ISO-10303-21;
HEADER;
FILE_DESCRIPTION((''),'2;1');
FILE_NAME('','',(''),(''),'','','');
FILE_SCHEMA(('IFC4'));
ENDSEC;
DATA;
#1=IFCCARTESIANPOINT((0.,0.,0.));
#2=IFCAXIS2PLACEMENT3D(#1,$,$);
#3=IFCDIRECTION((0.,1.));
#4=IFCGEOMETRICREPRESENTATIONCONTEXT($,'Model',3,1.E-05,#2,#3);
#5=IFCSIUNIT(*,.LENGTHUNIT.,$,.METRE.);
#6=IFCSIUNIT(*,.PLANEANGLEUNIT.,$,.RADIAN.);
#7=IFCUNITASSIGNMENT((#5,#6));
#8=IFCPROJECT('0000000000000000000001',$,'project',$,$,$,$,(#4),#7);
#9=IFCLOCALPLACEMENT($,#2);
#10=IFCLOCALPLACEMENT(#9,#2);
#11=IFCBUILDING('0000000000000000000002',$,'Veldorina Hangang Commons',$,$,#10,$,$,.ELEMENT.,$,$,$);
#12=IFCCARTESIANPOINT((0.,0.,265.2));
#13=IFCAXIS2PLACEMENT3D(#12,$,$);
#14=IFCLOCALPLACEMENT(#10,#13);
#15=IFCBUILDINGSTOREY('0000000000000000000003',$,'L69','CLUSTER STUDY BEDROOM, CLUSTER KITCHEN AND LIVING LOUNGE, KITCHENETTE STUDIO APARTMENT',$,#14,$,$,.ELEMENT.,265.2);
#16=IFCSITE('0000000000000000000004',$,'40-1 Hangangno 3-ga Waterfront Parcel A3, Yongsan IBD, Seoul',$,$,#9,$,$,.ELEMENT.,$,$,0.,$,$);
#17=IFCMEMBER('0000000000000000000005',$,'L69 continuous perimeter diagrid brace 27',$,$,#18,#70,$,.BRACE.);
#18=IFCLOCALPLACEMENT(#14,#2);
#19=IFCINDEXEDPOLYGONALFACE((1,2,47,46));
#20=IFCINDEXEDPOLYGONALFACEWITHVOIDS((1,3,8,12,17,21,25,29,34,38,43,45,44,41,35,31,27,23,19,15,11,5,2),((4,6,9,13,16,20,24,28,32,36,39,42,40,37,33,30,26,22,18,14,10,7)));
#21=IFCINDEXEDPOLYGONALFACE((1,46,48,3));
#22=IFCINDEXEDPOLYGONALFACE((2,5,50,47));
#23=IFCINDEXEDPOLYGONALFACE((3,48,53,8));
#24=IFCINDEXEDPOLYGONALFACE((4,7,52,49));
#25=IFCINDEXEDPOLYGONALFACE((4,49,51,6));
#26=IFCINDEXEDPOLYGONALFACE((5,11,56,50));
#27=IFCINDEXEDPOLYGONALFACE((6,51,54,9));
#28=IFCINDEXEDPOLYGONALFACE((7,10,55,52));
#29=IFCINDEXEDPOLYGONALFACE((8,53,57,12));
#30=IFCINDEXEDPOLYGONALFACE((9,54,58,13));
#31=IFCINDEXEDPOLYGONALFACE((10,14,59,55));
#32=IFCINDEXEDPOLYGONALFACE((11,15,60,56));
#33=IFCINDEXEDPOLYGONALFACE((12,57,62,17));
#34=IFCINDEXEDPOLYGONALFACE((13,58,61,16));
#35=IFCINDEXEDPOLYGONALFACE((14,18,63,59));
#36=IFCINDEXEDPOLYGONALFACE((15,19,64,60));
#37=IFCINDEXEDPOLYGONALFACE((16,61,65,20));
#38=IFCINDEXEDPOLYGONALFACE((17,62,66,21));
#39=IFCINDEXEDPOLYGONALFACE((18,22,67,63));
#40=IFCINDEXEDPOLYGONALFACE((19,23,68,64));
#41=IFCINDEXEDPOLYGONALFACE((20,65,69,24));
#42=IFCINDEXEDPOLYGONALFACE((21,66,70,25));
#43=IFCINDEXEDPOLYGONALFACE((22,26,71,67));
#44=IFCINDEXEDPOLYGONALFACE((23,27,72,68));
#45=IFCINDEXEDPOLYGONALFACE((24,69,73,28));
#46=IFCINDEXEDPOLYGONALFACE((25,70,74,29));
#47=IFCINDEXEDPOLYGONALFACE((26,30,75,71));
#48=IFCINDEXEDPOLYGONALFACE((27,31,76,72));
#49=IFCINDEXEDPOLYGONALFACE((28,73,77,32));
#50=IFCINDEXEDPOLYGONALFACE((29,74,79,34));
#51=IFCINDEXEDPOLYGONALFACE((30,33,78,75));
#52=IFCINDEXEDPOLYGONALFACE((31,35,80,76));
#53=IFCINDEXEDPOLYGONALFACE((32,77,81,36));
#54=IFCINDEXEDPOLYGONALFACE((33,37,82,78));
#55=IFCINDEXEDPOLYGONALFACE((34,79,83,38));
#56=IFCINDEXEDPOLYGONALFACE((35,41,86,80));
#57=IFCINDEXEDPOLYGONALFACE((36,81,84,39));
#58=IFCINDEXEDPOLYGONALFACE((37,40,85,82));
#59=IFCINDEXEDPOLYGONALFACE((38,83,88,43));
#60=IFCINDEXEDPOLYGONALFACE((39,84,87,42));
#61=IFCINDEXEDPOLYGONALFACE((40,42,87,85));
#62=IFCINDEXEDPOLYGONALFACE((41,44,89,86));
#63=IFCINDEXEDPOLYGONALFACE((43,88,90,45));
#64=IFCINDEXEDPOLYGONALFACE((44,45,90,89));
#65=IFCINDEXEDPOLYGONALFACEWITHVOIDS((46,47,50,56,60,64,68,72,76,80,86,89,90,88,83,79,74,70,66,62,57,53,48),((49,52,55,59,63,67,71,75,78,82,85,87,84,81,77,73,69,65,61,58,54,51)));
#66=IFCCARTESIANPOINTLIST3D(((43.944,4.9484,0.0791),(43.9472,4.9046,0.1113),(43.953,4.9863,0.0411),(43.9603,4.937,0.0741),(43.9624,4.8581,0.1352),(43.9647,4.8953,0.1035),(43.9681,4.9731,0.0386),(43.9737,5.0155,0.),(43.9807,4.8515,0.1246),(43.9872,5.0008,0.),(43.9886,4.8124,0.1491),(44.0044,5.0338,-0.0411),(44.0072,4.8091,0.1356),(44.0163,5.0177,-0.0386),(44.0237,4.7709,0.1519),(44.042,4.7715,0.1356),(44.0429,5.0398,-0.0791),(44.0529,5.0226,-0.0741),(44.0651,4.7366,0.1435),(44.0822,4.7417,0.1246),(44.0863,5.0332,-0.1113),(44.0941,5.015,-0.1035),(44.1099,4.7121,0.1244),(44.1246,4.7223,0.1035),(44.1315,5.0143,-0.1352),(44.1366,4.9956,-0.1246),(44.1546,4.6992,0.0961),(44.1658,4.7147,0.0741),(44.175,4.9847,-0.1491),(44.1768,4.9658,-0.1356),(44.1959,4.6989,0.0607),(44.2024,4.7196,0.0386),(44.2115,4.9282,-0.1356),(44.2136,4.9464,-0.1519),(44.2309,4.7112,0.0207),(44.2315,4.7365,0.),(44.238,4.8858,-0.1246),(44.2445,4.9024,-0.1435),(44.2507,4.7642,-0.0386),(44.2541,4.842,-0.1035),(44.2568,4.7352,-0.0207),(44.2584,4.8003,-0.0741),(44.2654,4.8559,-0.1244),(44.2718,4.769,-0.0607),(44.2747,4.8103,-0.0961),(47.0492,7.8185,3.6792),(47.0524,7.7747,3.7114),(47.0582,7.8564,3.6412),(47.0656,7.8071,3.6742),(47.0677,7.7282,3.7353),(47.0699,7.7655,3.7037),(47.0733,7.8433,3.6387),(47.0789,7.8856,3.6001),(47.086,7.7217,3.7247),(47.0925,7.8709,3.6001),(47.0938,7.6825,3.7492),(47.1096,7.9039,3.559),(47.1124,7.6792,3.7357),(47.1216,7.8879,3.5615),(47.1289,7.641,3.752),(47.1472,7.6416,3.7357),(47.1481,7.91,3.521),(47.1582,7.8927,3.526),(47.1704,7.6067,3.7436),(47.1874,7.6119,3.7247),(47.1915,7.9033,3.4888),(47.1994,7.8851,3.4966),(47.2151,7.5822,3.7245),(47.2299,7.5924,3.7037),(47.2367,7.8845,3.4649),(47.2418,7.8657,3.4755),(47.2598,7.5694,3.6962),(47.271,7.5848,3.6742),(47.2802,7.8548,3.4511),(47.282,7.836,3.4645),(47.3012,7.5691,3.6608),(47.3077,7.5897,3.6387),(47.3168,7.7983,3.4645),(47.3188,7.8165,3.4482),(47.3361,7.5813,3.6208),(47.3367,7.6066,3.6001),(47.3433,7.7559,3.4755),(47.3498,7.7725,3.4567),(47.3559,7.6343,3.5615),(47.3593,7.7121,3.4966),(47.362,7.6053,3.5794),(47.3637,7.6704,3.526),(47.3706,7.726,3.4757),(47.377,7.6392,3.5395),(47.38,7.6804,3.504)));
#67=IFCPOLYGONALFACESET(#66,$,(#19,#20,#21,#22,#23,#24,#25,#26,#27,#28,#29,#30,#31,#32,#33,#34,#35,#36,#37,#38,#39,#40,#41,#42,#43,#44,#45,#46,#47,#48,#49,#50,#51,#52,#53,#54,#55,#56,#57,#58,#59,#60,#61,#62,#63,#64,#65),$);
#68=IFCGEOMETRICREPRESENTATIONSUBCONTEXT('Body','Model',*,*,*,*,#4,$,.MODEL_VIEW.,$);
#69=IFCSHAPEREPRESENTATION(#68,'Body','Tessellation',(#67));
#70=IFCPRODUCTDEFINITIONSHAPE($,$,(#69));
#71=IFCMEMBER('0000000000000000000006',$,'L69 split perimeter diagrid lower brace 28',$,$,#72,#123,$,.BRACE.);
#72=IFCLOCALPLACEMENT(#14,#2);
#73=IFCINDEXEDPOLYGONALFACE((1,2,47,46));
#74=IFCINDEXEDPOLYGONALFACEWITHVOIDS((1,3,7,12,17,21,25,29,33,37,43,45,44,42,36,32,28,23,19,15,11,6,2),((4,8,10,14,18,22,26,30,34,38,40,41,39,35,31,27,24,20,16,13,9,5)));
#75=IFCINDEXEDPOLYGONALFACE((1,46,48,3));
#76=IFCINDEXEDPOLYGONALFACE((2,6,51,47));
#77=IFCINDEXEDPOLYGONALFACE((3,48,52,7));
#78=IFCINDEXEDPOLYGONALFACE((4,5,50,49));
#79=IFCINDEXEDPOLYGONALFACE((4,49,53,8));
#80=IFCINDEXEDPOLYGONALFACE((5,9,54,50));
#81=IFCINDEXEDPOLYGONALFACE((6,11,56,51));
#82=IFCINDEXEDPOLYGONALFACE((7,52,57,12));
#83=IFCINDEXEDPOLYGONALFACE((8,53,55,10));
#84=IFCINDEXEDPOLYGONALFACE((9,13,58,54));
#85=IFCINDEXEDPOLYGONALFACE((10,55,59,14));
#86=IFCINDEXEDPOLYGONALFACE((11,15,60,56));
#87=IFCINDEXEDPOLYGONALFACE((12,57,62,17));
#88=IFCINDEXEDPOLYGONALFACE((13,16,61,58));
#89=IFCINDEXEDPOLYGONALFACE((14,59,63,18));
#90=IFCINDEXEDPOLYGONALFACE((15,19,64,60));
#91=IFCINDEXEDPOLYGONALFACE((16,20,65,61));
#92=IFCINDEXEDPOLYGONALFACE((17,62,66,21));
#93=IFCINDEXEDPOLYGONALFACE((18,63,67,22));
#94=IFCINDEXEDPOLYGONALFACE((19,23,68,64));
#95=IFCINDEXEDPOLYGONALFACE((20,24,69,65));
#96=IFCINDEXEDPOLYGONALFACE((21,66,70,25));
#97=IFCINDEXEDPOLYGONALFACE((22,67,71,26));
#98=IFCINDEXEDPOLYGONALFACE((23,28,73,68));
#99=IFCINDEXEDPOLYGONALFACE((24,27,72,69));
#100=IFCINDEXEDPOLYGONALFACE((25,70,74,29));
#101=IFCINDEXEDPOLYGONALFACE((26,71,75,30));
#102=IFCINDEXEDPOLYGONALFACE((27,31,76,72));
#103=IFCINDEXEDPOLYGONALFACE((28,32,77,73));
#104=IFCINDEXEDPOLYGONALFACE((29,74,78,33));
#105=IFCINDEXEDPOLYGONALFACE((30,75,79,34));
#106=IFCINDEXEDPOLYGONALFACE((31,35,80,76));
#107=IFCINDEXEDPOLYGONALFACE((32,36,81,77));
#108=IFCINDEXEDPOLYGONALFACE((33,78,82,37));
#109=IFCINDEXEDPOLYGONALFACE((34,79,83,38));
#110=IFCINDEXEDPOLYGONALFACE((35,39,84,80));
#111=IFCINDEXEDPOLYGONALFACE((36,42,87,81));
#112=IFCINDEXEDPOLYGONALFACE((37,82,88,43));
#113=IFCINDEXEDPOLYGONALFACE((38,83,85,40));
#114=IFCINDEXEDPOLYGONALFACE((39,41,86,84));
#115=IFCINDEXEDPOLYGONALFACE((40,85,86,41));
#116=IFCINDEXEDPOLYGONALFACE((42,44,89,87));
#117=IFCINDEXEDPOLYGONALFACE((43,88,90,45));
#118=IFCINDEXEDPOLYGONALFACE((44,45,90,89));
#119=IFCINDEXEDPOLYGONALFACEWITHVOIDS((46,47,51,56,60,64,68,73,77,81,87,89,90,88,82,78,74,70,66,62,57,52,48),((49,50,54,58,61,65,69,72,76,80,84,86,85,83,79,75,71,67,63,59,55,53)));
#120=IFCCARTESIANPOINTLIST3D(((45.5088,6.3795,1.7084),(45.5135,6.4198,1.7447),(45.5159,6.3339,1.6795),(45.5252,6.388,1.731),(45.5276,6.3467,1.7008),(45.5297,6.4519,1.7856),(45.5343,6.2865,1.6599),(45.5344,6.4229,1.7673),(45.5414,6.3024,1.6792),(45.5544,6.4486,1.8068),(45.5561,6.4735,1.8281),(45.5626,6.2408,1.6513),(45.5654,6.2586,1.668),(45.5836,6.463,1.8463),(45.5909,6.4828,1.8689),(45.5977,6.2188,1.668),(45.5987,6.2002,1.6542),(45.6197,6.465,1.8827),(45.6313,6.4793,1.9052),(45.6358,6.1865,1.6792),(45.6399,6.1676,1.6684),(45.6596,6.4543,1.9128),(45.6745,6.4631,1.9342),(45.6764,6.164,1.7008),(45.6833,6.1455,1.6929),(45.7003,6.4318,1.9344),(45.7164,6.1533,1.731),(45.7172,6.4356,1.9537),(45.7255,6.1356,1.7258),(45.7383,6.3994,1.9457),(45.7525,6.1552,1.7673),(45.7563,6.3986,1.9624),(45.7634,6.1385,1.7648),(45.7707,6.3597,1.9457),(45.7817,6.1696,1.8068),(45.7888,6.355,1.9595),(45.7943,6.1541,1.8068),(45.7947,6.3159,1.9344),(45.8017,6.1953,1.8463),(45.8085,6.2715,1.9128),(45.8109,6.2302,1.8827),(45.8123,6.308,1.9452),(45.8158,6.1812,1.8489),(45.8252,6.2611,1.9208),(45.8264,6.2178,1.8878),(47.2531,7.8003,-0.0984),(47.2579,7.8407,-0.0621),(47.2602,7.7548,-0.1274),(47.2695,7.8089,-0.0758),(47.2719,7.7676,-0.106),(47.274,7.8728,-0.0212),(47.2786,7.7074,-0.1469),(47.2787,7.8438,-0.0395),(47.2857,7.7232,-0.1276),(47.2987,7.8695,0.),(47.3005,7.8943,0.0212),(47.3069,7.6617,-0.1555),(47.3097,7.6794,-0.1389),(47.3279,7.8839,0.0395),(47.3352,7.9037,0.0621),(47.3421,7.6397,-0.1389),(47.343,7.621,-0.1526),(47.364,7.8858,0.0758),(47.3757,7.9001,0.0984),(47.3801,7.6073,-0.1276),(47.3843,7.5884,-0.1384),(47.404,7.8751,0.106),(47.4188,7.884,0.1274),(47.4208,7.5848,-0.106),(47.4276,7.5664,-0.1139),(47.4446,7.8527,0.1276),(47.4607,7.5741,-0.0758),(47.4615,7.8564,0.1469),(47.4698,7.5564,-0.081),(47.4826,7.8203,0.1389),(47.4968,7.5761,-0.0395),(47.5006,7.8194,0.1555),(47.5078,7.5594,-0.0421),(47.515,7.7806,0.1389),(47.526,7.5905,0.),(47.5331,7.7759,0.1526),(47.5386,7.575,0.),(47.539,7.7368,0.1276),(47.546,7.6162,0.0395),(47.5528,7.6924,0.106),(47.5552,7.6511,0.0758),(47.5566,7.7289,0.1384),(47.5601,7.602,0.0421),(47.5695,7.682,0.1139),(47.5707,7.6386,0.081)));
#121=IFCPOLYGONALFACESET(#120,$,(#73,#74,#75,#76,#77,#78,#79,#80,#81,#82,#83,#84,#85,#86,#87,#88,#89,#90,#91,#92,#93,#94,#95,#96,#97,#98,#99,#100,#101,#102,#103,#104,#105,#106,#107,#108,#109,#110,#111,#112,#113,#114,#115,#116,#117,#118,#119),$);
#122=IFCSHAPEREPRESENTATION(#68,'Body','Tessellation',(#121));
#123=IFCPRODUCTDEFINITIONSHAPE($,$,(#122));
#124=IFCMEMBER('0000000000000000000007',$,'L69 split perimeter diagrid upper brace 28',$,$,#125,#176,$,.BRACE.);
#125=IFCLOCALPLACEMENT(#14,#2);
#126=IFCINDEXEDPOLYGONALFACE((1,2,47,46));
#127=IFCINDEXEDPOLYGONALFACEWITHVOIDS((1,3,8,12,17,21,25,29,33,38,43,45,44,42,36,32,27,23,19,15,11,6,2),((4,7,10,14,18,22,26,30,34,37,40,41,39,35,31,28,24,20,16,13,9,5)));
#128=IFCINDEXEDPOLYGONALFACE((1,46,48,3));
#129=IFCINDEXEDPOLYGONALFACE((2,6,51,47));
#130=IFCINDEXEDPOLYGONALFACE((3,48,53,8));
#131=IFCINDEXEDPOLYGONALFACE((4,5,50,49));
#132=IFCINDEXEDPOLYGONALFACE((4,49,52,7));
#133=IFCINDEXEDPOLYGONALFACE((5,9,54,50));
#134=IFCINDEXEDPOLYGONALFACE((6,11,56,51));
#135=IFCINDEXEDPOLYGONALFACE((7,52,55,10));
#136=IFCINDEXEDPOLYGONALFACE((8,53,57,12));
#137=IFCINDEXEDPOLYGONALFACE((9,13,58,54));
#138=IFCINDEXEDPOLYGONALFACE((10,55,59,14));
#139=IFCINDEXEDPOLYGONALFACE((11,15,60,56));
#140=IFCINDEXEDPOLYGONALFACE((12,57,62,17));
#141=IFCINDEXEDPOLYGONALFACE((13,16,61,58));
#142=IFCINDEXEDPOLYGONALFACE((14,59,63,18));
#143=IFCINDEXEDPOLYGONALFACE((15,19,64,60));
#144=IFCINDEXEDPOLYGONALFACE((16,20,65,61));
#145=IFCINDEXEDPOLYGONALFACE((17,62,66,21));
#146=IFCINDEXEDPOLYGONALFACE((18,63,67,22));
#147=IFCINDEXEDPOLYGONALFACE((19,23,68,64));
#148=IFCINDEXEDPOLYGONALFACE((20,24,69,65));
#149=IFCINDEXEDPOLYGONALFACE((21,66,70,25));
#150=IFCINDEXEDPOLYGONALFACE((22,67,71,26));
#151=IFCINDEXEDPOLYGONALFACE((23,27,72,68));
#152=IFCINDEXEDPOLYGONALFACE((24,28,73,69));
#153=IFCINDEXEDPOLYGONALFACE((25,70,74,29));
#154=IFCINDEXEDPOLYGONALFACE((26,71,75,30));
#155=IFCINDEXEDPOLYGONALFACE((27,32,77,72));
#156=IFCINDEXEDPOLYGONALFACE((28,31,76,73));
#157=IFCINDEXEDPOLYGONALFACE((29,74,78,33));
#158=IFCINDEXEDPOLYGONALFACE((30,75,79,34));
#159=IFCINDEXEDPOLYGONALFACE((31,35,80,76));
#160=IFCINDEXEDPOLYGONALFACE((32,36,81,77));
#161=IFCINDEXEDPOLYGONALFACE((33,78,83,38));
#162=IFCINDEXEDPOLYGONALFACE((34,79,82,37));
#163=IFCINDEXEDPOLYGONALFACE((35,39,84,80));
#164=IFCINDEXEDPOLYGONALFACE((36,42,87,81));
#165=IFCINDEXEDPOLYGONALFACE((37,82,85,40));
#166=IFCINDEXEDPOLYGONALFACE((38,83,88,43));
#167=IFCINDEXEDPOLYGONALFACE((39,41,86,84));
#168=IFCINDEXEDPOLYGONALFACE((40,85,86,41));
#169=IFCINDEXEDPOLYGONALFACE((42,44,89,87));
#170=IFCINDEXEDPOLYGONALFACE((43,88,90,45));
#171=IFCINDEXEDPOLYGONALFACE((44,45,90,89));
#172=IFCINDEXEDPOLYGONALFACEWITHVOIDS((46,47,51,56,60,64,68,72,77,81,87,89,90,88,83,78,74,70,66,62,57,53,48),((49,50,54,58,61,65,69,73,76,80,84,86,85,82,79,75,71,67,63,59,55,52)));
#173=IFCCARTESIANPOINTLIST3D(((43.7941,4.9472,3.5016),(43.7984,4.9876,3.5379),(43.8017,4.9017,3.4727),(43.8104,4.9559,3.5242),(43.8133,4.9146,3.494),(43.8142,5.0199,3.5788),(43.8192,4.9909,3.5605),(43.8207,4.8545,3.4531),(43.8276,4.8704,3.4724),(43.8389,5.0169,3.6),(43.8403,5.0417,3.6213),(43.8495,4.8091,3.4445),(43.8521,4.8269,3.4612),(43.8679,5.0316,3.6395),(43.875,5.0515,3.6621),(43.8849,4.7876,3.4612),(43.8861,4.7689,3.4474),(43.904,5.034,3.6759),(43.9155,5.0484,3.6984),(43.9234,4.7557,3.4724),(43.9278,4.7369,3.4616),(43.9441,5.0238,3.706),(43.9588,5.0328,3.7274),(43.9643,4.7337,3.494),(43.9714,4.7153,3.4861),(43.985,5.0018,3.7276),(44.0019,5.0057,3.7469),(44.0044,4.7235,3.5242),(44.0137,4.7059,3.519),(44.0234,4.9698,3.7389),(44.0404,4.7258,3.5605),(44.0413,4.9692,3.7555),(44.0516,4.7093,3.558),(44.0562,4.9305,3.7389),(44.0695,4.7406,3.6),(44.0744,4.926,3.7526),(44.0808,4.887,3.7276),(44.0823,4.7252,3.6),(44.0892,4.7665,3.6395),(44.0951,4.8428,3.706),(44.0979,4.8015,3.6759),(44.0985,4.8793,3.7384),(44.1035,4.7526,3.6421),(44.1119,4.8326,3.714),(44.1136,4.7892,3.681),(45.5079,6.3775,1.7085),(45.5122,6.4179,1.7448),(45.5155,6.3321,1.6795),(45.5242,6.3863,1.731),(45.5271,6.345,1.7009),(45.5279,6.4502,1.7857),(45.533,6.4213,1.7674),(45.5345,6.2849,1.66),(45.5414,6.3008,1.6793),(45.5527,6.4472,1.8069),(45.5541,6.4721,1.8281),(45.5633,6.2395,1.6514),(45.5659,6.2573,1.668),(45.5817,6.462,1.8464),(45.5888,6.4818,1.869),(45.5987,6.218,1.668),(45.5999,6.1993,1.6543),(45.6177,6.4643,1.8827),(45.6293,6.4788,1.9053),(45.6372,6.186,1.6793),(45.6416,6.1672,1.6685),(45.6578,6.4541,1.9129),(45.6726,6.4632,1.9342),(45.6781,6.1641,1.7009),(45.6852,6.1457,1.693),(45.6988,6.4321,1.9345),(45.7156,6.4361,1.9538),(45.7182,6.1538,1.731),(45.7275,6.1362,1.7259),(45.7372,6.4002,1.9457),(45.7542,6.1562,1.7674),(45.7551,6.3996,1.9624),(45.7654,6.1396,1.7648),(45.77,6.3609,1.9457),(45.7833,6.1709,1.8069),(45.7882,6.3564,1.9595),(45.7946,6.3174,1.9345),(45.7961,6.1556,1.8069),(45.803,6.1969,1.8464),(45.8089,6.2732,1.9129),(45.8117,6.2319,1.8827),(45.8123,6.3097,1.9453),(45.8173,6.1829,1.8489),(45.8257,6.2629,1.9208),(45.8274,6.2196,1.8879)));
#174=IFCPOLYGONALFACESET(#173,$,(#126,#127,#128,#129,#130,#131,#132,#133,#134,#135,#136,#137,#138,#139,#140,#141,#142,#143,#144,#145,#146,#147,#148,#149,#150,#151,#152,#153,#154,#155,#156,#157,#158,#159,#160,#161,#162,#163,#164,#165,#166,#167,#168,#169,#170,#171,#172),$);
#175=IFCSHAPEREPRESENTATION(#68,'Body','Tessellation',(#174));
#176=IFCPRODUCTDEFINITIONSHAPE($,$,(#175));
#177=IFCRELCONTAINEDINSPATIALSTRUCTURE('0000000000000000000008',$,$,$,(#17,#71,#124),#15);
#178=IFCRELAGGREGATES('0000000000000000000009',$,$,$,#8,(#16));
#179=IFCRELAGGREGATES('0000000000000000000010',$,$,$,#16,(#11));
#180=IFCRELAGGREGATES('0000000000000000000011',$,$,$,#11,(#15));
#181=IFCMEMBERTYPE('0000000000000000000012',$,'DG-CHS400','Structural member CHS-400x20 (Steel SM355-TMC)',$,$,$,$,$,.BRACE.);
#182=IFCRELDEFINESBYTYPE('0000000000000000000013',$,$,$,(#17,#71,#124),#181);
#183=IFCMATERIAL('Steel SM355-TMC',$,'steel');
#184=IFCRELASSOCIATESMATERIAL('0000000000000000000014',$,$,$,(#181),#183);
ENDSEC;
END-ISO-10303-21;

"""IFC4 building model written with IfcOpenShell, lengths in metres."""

from ifc_helpers import new_model, si_unit, direction, frame, origin, origin_2d, place, context, subcontext, project, spatial, hollow_circle, extrude, material, material_profile, profile_set, type_object, element, save


model = new_model("IFC4")

# Units and contexts
model_context = context("Model", 3, precision=1e-05, world=origin(), true_north=direction((0.0, 1.0)))
body_context = subcontext(model_context, "Body", "Model", "MODEL_VIEW")
ifc_project = project(units=[si_unit("LENGTHUNIT", "METRE"), si_unit("PLANEANGLEUNIT", "RADIAN")], contexts=[model_context])

# Site, building, storey
site_placement = place(None, origin())
site = spatial("IfcSite", under=ifc_project, at=site_placement, Name="40-1 Hangangno 3-ga Waterfront Parcel A3, Yongsan IBD, Seoul", CompositionType="ELEMENT", RefElevation=0.0)
building_placement = place(site_placement, origin())
building = spatial("IfcBuilding", under=site, at=building_placement, Name="Veldorina Hangang Commons", CompositionType="ELEMENT")
storey_placement = place(building_placement, frame((0.0, 0.0, 265.2)))
storey = spatial("IfcBuildingStorey", under=building, at=storey_placement, Name="L69", Description="CLUSTER STUDY BEDROOM, CLUSTER KITCHEN AND LIVING LOUNGE, KITCHENETTE STUDIO APARTMENT", CompositionType="ELEMENT", Elevation=265.2)

# Shared definitions
ifc_material_1 = material(Name="Steel SM355-TMC", Category="steel")

# Members
ifc_material_profile_1 = material_profile(ifc_material_1, hollow_circle(Radius=0.2, WallThickness=0.02, at=origin_2d()), Name="CHS-400x20")
ifc_profile_set_1 = profile_set([ifc_material_profile_1], Name="Steel SM355-TMC")
member_type_1 = type_object("IfcMemberType", Name="DG-CHS400", Description="Structural member CHS-400x20 (Steel SM355-TMC)", PredefinedType="BRACE", material=ifc_profile_set_1)
member_1_placement = place(storey_placement, frame((44.1094, 4.8687, 0.0), z_axis=(0.559153, 0.516818, 0.648264), x_axis=(-0.67876, 0.734361, 0.0)))
element("IfcMember", 1, at=member_1_placement, inside=storey, type_object=member_type_1, Name="L69 continuous perimeter diagrid brace 27", PredefinedType="BRACE", context=body_context, shape_type="SweptSolid", body=[
    extrude(hollow_circle(Radius=0.2, WallThickness=0.02, at=origin_2d()), origin(), (0.0, 0.0, 1.0), 5.5535),
])
member_2_placement = place(storey_placement, frame((47.4124, 7.73, 0.0), z_axis=(-0.604515, -0.492411, 0.626174), x_axis=(0.631552, -0.775333, 0.0)))
element("IfcMember", 2, at=member_2_placement, inside=storey, type_object=member_type_1, Name="L69 split perimeter diagrid lower brace 28", PredefinedType="BRACE", context=body_context, shape_type="SweptSolid", body=[
    extrude(hollow_circle(Radius=0.2, WallThickness=0.02, at=origin_2d()), origin(), (0.0, 0.0, 1.0), 2.8855),
])
member_3_placement = place(storey_placement, frame((45.668, 6.3091, 1.8069), z_axis=(-0.598543, -0.499553, 0.626253), x_axis=(0.640765, -0.767737, 0.0)))
element("IfcMember", 3, at=member_3_placement, inside=storey, type_object=member_type_1, Name="L69 split perimeter diagrid upper brace 28", PredefinedType="BRACE", context=body_context, shape_type="SweptSolid", body=[
    extrude(hollow_circle(Radius=0.2, WallThickness=0.02, at=origin_2d()), origin(), (0.0, 0.0, 1.0), 2.8633),
])

save(model, "model.ifc")
